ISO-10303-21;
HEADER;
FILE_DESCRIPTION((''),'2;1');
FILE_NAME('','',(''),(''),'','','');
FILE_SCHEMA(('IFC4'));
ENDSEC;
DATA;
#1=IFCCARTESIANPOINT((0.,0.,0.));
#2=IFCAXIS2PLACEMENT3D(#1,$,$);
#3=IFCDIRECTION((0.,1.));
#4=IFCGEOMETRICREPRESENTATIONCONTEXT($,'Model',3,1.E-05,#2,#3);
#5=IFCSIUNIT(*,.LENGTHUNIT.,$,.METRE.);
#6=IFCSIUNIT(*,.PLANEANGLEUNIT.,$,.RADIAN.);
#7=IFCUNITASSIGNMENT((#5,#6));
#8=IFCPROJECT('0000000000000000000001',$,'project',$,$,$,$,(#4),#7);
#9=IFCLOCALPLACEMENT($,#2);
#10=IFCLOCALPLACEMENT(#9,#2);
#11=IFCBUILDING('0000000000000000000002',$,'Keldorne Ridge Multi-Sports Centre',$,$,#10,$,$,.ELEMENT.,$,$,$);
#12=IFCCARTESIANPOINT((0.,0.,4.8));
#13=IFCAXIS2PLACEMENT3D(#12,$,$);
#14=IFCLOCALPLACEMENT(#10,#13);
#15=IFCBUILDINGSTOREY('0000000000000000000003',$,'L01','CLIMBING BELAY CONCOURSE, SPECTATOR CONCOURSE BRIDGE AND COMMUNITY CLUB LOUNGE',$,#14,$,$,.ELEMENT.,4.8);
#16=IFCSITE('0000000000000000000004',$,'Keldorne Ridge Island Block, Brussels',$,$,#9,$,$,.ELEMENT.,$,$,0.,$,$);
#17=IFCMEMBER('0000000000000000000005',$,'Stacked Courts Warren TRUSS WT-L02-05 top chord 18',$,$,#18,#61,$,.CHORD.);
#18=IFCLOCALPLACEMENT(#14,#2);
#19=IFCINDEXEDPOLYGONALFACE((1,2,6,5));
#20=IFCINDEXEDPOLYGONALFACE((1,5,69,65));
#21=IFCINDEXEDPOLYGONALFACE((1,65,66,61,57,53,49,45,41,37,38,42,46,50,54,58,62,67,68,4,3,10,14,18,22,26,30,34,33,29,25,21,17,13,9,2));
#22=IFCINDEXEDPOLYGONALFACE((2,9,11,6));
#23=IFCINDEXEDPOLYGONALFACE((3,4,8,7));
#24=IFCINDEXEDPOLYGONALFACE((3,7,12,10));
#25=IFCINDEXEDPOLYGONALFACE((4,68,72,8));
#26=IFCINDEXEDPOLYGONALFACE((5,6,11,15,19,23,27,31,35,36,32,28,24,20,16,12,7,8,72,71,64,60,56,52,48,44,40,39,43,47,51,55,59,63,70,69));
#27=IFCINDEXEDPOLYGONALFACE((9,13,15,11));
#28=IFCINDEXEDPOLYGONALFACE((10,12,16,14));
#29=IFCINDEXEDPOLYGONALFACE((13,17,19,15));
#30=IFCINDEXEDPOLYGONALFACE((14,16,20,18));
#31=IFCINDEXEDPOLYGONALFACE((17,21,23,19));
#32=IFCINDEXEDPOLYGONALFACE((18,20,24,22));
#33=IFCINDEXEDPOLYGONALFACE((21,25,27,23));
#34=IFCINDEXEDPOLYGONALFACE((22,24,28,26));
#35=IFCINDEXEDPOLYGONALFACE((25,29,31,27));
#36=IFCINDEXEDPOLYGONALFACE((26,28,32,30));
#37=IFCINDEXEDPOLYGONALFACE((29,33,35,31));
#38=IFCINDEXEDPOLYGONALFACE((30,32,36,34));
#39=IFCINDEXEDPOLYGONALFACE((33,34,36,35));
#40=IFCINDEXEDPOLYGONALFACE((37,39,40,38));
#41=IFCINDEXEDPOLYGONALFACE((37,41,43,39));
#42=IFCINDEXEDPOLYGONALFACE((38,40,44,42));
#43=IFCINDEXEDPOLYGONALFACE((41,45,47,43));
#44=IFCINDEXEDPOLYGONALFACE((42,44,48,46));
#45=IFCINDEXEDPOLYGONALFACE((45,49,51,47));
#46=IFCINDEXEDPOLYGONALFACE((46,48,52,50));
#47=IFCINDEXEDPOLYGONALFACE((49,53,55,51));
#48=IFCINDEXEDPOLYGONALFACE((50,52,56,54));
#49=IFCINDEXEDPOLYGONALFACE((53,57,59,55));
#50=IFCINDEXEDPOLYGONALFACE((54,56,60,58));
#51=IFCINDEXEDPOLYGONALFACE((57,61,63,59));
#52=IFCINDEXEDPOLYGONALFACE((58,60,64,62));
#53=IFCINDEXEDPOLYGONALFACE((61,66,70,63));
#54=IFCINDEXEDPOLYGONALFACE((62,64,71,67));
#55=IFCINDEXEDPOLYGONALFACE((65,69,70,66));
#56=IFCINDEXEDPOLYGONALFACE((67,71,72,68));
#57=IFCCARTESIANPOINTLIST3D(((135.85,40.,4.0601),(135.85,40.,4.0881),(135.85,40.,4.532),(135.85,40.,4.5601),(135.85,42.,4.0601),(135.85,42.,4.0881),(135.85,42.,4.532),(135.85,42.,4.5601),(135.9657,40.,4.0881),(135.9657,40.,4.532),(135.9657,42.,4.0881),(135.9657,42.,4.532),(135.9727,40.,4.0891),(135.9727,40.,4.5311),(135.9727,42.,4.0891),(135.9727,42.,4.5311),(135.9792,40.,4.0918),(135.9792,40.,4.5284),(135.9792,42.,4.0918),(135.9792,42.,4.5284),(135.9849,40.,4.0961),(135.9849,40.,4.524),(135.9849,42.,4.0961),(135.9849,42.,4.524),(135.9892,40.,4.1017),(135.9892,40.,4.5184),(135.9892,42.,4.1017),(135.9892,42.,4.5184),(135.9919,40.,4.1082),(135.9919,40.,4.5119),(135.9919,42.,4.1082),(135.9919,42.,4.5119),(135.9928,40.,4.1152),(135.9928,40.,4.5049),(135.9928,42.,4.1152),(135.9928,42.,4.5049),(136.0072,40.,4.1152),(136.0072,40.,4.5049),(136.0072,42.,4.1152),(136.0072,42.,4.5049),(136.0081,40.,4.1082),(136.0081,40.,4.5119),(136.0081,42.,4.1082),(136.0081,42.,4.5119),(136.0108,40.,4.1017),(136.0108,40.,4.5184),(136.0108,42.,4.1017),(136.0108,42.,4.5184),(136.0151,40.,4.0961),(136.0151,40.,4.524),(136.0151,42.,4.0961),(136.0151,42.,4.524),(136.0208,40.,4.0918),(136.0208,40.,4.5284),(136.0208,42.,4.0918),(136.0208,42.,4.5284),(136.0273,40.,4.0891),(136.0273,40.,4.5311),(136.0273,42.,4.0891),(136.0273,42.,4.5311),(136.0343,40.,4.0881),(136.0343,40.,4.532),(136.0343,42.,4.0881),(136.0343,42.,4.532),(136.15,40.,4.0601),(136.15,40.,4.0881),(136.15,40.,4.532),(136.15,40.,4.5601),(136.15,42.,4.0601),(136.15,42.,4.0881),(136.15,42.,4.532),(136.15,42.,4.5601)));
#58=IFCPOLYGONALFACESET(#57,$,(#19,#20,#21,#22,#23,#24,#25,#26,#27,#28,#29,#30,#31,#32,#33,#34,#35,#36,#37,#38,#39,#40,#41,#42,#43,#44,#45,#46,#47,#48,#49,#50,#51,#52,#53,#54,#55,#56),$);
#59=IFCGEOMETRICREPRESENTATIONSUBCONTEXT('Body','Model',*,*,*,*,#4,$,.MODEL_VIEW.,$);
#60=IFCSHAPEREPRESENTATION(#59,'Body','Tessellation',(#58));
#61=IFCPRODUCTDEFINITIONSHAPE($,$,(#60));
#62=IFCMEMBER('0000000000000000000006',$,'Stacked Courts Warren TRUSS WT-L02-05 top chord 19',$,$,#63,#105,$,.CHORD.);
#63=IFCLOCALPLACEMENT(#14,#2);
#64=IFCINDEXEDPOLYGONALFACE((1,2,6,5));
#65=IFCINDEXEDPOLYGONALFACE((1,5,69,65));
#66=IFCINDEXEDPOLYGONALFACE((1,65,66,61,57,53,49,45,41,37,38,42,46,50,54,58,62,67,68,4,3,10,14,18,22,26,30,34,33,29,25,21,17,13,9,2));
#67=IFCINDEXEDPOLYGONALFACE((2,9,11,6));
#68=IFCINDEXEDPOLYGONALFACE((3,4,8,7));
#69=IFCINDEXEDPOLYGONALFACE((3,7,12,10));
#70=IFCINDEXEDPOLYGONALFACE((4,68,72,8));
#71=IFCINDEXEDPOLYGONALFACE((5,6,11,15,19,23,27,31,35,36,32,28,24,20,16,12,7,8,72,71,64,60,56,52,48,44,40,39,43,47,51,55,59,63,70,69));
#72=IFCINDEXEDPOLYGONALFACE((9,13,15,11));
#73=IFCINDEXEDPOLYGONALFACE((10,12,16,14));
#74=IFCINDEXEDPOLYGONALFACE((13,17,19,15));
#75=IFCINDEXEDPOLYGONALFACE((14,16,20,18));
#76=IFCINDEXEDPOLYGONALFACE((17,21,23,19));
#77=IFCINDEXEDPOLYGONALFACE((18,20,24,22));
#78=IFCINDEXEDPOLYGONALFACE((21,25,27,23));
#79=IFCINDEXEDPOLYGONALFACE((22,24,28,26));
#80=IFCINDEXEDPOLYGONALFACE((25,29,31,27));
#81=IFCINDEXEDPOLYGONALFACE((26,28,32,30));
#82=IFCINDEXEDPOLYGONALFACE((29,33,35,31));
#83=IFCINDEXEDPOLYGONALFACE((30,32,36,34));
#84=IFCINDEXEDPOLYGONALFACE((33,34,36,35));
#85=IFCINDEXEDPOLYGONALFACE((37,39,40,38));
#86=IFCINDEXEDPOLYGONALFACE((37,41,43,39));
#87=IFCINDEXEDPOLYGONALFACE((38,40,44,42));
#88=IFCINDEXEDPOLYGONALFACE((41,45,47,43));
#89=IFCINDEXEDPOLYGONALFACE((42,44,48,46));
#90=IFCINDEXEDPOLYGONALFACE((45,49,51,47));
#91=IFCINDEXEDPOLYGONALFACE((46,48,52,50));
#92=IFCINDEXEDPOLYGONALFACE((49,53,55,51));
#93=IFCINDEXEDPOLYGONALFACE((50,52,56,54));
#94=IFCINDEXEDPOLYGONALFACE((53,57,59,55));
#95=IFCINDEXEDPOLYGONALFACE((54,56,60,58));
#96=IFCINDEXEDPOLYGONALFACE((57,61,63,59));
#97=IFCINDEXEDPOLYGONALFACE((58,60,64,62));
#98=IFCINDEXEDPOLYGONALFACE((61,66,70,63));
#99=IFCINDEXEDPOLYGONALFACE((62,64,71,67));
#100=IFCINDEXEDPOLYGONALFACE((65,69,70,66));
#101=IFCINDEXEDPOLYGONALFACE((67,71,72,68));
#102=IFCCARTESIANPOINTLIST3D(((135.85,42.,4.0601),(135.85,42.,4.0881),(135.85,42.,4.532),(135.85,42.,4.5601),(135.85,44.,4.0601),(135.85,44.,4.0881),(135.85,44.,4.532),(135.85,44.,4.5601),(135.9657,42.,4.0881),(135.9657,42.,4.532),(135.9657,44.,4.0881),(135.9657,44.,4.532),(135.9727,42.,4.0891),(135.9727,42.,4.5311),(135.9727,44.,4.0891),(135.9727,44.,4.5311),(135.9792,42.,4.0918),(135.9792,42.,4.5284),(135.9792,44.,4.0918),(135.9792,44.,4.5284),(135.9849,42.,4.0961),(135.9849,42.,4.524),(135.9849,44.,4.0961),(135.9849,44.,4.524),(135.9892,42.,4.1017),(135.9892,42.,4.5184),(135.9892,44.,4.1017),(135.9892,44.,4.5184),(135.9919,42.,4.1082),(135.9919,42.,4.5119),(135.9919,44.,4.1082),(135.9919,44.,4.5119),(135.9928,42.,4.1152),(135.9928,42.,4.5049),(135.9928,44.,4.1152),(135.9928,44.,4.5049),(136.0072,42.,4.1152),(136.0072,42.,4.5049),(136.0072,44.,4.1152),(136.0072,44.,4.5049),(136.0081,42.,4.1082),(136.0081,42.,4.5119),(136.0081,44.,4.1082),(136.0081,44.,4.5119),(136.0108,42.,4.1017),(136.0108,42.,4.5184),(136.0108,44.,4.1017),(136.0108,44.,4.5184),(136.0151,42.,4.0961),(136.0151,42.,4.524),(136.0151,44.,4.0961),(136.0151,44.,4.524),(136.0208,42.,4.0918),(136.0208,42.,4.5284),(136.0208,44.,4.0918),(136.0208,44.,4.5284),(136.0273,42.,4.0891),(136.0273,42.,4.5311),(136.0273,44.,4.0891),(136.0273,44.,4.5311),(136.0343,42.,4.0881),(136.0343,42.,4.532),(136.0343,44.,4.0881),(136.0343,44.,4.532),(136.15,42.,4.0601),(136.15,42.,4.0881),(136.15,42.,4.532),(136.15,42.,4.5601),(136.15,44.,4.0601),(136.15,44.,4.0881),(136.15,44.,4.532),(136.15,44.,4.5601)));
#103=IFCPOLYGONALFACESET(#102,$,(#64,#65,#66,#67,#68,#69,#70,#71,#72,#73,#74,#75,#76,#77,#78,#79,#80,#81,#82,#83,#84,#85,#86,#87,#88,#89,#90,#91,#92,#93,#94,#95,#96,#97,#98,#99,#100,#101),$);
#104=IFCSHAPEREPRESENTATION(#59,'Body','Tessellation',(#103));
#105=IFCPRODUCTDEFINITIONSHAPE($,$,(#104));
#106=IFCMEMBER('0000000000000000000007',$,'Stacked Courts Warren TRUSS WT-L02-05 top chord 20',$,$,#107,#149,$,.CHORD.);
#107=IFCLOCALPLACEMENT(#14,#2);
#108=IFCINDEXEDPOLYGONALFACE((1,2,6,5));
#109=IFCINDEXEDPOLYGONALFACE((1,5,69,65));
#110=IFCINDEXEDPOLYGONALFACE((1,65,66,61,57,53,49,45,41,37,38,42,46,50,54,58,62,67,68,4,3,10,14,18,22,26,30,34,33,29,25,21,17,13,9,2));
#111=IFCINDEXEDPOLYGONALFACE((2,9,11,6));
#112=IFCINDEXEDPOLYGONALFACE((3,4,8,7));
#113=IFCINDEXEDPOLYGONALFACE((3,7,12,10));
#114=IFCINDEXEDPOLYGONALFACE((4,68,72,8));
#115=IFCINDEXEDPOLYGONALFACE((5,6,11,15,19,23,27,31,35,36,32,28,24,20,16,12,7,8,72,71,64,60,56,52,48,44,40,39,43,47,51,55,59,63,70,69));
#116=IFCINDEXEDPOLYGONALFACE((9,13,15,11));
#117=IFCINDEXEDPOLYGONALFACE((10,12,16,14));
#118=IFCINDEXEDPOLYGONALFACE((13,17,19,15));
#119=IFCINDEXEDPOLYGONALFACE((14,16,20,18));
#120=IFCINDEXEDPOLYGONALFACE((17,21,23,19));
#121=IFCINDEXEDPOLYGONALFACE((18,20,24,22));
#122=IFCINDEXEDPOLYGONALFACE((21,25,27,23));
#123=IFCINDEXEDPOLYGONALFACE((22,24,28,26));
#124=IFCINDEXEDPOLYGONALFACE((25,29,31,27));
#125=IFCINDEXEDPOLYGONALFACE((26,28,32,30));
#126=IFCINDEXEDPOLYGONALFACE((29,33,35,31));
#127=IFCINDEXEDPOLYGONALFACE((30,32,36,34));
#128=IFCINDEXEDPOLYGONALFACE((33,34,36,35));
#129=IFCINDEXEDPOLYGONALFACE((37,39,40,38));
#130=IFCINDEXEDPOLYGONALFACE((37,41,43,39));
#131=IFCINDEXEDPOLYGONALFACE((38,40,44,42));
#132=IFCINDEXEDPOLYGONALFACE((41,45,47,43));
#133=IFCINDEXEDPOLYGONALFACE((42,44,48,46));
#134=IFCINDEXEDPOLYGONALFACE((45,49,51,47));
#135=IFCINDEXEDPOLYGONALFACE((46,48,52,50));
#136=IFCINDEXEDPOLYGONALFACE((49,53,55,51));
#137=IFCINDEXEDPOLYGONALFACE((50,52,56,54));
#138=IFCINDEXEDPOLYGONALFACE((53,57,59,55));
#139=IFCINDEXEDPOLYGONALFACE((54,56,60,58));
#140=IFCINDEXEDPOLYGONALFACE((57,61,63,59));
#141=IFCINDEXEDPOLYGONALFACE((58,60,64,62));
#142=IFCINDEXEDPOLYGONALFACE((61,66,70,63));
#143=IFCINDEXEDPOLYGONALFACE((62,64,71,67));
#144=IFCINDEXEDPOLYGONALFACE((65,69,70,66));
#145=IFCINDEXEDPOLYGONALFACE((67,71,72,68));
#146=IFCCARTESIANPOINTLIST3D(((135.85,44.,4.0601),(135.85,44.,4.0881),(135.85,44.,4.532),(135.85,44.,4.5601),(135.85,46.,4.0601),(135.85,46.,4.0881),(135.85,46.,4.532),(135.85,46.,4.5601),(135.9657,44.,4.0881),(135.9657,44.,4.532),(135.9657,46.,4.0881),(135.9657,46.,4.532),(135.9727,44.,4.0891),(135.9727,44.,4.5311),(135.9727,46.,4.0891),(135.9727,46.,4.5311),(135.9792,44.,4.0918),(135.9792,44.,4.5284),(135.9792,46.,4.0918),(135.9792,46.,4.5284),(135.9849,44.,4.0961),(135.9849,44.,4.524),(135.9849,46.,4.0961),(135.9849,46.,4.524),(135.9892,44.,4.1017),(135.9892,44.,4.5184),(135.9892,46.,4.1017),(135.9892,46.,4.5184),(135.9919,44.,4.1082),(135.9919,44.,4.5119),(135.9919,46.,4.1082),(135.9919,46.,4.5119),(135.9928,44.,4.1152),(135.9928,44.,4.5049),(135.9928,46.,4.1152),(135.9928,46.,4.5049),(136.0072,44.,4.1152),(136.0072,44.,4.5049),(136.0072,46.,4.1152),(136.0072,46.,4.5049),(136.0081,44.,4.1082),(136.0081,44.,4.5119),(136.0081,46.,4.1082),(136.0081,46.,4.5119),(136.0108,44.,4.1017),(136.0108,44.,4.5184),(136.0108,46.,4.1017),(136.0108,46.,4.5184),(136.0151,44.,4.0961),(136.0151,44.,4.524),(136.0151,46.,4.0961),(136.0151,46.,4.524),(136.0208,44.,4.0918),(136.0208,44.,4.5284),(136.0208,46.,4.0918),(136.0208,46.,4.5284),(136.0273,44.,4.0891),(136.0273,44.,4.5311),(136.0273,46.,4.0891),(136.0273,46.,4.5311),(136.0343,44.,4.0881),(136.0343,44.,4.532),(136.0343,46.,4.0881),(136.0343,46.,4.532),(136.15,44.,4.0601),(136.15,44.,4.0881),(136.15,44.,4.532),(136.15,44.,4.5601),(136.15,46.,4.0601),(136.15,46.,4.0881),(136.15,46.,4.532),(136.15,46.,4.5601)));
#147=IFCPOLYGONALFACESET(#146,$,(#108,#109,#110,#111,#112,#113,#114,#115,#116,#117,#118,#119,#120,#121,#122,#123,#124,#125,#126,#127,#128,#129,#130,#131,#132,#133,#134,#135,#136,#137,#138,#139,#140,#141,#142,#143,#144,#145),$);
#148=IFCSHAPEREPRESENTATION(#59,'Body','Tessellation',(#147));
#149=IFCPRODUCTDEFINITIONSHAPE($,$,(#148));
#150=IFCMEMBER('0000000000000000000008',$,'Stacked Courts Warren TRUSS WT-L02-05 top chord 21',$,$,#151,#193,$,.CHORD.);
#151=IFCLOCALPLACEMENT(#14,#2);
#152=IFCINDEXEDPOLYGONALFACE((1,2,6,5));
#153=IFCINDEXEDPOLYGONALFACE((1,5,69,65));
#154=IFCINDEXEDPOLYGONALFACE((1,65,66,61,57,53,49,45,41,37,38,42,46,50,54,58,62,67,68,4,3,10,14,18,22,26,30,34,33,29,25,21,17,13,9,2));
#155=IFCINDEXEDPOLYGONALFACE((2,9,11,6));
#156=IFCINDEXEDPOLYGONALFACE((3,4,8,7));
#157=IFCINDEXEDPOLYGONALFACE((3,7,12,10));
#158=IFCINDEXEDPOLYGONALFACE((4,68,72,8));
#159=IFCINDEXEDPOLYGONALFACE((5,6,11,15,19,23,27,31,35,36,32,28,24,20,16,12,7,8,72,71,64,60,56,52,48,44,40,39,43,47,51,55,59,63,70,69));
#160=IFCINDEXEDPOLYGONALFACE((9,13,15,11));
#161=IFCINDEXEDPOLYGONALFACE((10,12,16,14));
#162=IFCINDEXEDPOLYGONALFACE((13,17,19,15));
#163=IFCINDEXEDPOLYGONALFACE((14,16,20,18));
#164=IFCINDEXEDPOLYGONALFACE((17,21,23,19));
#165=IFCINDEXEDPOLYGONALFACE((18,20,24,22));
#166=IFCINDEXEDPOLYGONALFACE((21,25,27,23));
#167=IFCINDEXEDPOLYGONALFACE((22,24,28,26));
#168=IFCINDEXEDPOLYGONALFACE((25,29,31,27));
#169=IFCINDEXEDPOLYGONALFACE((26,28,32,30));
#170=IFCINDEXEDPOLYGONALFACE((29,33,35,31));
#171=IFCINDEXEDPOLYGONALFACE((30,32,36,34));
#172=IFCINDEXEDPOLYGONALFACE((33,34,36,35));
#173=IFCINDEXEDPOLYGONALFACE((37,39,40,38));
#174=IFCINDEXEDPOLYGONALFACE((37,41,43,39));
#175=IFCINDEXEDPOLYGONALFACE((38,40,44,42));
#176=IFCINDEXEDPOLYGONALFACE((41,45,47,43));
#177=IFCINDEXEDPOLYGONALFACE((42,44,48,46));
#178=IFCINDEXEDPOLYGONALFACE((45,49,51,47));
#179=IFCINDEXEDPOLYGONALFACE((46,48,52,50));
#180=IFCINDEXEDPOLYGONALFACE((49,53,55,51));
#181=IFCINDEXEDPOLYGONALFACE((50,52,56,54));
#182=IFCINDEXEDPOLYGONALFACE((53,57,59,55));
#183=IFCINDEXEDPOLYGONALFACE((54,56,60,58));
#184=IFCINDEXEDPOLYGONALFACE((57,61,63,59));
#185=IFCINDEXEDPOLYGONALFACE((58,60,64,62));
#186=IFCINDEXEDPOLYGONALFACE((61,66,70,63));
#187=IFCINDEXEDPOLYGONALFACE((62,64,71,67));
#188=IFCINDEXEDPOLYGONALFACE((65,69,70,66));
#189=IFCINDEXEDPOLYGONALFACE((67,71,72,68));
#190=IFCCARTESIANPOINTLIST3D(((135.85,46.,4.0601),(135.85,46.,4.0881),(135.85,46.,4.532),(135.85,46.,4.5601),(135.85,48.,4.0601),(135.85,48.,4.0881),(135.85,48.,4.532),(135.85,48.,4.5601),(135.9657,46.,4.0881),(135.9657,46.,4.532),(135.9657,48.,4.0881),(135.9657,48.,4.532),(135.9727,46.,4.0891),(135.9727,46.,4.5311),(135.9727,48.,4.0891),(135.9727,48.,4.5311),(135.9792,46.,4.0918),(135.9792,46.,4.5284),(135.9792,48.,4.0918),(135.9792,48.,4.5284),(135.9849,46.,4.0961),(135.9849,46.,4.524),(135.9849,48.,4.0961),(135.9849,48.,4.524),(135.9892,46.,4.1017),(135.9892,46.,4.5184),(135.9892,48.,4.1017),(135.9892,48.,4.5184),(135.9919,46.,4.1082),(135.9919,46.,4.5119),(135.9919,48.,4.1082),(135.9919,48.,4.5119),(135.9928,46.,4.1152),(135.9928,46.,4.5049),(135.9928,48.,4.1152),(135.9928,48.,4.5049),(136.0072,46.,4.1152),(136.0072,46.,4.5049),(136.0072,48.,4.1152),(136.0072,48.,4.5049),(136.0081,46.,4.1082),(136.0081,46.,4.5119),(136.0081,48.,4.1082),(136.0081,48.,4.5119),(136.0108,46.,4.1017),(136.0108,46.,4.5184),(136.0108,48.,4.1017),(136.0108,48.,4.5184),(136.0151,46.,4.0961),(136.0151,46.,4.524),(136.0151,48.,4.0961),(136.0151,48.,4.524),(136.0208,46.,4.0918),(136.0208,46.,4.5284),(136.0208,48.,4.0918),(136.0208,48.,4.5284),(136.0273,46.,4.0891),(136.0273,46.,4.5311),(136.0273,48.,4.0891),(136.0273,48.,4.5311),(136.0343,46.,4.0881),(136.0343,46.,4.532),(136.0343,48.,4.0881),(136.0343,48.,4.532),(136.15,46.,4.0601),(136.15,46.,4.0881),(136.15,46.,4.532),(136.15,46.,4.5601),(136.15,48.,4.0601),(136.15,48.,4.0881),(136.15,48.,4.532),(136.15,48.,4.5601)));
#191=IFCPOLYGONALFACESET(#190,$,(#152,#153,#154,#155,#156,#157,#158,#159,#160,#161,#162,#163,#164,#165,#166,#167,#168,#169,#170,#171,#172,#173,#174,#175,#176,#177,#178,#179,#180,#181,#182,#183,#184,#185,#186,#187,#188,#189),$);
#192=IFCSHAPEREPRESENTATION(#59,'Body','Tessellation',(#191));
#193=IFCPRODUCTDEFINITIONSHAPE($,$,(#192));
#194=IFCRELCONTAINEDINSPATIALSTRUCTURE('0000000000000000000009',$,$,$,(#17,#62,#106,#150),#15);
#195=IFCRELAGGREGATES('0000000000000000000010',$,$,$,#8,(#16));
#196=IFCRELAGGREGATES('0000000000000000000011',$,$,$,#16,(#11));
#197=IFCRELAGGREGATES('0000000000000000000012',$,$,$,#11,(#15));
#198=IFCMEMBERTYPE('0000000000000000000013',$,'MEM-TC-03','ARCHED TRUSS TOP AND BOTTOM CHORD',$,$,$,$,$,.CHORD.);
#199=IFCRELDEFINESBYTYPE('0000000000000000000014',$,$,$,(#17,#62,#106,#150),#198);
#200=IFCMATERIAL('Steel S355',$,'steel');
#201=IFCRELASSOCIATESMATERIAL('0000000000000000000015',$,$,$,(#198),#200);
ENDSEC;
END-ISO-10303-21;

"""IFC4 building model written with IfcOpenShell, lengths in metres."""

from ifc_helpers import new_model, si_unit, direction, frame, origin, origin_2d, place, context, subcontext, project, spatial, i_section, extrude, material, material_profile, profile_set, type_object, element, save


model = new_model("IFC4")

# Units and contexts
model_context = context("Model", 3, precision=1e-05, world=origin(), true_north=direction((0.0, 1.0)))
body_context = subcontext(model_context, "Body", "Model", "MODEL_VIEW")
ifc_project = project(units=[si_unit("LENGTHUNIT", "METRE"), si_unit("PLANEANGLEUNIT", "RADIAN")], contexts=[model_context])

# Site, building, storey
site_placement = place(None, origin())
site = spatial("IfcSite", under=ifc_project, at=site_placement, Name="Keldorne Ridge Island Block, Brussels", CompositionType="ELEMENT", RefElevation=0.0)
building_placement = place(site_placement, origin())
building = spatial("IfcBuilding", under=site, at=building_placement, Name="Keldorne Ridge Multi-Sports Centre", CompositionType="ELEMENT")
storey_placement = place(building_placement, frame((0.0, 0.0, 4.8)))
storey = spatial("IfcBuildingStorey", under=building, at=storey_placement, Name="L01", Description="CLIMBING BELAY CONCOURSE, SPECTATOR CONCOURSE BRIDGE AND COMMUNITY CLUB LOUNGE", CompositionType="ELEMENT", Elevation=4.8)

# Members
ifc_material = material(Name="Steel S355", Category="steel")
ifc_material_profile_1 = material_profile(ifc_material, i_section(OverallWidth=0.3, OverallDepth=0.5, WebThickness=0.0144, FlangeThickness=0.0281, FilletRadius=0.0271, at=origin_2d()), Name="HEB 500")
ifc_profile_set_1 = profile_set([ifc_material_profile_1], Name="Steel S355")
member_type_1 = type_object("IfcMemberType", Name="MEM-TC-03", Description="ARCHED TRUSS TOP AND BOTTOM CHORD", PredefinedType="CHORD", material=ifc_profile_set_1)
for number, where, z_axis, x_axis, name in (
    (1, (136.0, 40.0, 4.3101), (0.0, 1.0, 0.0), (-1.0, 0.0, 0.0), "Stacked Courts Warren TRUSS WT-L02-05 top chord 18"),
    (2, (136.0, 42.0, 4.3101), (0.0, 1.0, 0.0), (-1.0, 0.0, 0.0), "Stacked Courts Warren TRUSS WT-L02-05 top chord 19"),
    (3, (136.0, 44.0, 4.3101), (0.0, 1.0, 0.0), (-1.0, 0.0, 0.0), "Stacked Courts Warren TRUSS WT-L02-05 top chord 20"),
    (4, (136.0, 46.0, 4.3101), (0.0, 1.0, 0.0), (-1.0, 0.0, 0.0), "Stacked Courts Warren TRUSS WT-L02-05 top chord 21"),
):
    element("IfcMember", number, at=place(storey_placement, frame(where, z_axis=z_axis, x_axis=x_axis)), inside=storey, type_object=member_type_1, Name=name, PredefinedType="CHORD", context=body_context, shape_type="SweptSolid", body=[
        extrude(i_section(OverallWidth=0.3, OverallDepth=0.5, WebThickness=0.0144, FlangeThickness=0.0281, FilletRadius=0.0271, at=origin_2d()), origin(), (0.0, 0.0, 1.0), 2.0),
    ])

save(model, "model.ifc")
